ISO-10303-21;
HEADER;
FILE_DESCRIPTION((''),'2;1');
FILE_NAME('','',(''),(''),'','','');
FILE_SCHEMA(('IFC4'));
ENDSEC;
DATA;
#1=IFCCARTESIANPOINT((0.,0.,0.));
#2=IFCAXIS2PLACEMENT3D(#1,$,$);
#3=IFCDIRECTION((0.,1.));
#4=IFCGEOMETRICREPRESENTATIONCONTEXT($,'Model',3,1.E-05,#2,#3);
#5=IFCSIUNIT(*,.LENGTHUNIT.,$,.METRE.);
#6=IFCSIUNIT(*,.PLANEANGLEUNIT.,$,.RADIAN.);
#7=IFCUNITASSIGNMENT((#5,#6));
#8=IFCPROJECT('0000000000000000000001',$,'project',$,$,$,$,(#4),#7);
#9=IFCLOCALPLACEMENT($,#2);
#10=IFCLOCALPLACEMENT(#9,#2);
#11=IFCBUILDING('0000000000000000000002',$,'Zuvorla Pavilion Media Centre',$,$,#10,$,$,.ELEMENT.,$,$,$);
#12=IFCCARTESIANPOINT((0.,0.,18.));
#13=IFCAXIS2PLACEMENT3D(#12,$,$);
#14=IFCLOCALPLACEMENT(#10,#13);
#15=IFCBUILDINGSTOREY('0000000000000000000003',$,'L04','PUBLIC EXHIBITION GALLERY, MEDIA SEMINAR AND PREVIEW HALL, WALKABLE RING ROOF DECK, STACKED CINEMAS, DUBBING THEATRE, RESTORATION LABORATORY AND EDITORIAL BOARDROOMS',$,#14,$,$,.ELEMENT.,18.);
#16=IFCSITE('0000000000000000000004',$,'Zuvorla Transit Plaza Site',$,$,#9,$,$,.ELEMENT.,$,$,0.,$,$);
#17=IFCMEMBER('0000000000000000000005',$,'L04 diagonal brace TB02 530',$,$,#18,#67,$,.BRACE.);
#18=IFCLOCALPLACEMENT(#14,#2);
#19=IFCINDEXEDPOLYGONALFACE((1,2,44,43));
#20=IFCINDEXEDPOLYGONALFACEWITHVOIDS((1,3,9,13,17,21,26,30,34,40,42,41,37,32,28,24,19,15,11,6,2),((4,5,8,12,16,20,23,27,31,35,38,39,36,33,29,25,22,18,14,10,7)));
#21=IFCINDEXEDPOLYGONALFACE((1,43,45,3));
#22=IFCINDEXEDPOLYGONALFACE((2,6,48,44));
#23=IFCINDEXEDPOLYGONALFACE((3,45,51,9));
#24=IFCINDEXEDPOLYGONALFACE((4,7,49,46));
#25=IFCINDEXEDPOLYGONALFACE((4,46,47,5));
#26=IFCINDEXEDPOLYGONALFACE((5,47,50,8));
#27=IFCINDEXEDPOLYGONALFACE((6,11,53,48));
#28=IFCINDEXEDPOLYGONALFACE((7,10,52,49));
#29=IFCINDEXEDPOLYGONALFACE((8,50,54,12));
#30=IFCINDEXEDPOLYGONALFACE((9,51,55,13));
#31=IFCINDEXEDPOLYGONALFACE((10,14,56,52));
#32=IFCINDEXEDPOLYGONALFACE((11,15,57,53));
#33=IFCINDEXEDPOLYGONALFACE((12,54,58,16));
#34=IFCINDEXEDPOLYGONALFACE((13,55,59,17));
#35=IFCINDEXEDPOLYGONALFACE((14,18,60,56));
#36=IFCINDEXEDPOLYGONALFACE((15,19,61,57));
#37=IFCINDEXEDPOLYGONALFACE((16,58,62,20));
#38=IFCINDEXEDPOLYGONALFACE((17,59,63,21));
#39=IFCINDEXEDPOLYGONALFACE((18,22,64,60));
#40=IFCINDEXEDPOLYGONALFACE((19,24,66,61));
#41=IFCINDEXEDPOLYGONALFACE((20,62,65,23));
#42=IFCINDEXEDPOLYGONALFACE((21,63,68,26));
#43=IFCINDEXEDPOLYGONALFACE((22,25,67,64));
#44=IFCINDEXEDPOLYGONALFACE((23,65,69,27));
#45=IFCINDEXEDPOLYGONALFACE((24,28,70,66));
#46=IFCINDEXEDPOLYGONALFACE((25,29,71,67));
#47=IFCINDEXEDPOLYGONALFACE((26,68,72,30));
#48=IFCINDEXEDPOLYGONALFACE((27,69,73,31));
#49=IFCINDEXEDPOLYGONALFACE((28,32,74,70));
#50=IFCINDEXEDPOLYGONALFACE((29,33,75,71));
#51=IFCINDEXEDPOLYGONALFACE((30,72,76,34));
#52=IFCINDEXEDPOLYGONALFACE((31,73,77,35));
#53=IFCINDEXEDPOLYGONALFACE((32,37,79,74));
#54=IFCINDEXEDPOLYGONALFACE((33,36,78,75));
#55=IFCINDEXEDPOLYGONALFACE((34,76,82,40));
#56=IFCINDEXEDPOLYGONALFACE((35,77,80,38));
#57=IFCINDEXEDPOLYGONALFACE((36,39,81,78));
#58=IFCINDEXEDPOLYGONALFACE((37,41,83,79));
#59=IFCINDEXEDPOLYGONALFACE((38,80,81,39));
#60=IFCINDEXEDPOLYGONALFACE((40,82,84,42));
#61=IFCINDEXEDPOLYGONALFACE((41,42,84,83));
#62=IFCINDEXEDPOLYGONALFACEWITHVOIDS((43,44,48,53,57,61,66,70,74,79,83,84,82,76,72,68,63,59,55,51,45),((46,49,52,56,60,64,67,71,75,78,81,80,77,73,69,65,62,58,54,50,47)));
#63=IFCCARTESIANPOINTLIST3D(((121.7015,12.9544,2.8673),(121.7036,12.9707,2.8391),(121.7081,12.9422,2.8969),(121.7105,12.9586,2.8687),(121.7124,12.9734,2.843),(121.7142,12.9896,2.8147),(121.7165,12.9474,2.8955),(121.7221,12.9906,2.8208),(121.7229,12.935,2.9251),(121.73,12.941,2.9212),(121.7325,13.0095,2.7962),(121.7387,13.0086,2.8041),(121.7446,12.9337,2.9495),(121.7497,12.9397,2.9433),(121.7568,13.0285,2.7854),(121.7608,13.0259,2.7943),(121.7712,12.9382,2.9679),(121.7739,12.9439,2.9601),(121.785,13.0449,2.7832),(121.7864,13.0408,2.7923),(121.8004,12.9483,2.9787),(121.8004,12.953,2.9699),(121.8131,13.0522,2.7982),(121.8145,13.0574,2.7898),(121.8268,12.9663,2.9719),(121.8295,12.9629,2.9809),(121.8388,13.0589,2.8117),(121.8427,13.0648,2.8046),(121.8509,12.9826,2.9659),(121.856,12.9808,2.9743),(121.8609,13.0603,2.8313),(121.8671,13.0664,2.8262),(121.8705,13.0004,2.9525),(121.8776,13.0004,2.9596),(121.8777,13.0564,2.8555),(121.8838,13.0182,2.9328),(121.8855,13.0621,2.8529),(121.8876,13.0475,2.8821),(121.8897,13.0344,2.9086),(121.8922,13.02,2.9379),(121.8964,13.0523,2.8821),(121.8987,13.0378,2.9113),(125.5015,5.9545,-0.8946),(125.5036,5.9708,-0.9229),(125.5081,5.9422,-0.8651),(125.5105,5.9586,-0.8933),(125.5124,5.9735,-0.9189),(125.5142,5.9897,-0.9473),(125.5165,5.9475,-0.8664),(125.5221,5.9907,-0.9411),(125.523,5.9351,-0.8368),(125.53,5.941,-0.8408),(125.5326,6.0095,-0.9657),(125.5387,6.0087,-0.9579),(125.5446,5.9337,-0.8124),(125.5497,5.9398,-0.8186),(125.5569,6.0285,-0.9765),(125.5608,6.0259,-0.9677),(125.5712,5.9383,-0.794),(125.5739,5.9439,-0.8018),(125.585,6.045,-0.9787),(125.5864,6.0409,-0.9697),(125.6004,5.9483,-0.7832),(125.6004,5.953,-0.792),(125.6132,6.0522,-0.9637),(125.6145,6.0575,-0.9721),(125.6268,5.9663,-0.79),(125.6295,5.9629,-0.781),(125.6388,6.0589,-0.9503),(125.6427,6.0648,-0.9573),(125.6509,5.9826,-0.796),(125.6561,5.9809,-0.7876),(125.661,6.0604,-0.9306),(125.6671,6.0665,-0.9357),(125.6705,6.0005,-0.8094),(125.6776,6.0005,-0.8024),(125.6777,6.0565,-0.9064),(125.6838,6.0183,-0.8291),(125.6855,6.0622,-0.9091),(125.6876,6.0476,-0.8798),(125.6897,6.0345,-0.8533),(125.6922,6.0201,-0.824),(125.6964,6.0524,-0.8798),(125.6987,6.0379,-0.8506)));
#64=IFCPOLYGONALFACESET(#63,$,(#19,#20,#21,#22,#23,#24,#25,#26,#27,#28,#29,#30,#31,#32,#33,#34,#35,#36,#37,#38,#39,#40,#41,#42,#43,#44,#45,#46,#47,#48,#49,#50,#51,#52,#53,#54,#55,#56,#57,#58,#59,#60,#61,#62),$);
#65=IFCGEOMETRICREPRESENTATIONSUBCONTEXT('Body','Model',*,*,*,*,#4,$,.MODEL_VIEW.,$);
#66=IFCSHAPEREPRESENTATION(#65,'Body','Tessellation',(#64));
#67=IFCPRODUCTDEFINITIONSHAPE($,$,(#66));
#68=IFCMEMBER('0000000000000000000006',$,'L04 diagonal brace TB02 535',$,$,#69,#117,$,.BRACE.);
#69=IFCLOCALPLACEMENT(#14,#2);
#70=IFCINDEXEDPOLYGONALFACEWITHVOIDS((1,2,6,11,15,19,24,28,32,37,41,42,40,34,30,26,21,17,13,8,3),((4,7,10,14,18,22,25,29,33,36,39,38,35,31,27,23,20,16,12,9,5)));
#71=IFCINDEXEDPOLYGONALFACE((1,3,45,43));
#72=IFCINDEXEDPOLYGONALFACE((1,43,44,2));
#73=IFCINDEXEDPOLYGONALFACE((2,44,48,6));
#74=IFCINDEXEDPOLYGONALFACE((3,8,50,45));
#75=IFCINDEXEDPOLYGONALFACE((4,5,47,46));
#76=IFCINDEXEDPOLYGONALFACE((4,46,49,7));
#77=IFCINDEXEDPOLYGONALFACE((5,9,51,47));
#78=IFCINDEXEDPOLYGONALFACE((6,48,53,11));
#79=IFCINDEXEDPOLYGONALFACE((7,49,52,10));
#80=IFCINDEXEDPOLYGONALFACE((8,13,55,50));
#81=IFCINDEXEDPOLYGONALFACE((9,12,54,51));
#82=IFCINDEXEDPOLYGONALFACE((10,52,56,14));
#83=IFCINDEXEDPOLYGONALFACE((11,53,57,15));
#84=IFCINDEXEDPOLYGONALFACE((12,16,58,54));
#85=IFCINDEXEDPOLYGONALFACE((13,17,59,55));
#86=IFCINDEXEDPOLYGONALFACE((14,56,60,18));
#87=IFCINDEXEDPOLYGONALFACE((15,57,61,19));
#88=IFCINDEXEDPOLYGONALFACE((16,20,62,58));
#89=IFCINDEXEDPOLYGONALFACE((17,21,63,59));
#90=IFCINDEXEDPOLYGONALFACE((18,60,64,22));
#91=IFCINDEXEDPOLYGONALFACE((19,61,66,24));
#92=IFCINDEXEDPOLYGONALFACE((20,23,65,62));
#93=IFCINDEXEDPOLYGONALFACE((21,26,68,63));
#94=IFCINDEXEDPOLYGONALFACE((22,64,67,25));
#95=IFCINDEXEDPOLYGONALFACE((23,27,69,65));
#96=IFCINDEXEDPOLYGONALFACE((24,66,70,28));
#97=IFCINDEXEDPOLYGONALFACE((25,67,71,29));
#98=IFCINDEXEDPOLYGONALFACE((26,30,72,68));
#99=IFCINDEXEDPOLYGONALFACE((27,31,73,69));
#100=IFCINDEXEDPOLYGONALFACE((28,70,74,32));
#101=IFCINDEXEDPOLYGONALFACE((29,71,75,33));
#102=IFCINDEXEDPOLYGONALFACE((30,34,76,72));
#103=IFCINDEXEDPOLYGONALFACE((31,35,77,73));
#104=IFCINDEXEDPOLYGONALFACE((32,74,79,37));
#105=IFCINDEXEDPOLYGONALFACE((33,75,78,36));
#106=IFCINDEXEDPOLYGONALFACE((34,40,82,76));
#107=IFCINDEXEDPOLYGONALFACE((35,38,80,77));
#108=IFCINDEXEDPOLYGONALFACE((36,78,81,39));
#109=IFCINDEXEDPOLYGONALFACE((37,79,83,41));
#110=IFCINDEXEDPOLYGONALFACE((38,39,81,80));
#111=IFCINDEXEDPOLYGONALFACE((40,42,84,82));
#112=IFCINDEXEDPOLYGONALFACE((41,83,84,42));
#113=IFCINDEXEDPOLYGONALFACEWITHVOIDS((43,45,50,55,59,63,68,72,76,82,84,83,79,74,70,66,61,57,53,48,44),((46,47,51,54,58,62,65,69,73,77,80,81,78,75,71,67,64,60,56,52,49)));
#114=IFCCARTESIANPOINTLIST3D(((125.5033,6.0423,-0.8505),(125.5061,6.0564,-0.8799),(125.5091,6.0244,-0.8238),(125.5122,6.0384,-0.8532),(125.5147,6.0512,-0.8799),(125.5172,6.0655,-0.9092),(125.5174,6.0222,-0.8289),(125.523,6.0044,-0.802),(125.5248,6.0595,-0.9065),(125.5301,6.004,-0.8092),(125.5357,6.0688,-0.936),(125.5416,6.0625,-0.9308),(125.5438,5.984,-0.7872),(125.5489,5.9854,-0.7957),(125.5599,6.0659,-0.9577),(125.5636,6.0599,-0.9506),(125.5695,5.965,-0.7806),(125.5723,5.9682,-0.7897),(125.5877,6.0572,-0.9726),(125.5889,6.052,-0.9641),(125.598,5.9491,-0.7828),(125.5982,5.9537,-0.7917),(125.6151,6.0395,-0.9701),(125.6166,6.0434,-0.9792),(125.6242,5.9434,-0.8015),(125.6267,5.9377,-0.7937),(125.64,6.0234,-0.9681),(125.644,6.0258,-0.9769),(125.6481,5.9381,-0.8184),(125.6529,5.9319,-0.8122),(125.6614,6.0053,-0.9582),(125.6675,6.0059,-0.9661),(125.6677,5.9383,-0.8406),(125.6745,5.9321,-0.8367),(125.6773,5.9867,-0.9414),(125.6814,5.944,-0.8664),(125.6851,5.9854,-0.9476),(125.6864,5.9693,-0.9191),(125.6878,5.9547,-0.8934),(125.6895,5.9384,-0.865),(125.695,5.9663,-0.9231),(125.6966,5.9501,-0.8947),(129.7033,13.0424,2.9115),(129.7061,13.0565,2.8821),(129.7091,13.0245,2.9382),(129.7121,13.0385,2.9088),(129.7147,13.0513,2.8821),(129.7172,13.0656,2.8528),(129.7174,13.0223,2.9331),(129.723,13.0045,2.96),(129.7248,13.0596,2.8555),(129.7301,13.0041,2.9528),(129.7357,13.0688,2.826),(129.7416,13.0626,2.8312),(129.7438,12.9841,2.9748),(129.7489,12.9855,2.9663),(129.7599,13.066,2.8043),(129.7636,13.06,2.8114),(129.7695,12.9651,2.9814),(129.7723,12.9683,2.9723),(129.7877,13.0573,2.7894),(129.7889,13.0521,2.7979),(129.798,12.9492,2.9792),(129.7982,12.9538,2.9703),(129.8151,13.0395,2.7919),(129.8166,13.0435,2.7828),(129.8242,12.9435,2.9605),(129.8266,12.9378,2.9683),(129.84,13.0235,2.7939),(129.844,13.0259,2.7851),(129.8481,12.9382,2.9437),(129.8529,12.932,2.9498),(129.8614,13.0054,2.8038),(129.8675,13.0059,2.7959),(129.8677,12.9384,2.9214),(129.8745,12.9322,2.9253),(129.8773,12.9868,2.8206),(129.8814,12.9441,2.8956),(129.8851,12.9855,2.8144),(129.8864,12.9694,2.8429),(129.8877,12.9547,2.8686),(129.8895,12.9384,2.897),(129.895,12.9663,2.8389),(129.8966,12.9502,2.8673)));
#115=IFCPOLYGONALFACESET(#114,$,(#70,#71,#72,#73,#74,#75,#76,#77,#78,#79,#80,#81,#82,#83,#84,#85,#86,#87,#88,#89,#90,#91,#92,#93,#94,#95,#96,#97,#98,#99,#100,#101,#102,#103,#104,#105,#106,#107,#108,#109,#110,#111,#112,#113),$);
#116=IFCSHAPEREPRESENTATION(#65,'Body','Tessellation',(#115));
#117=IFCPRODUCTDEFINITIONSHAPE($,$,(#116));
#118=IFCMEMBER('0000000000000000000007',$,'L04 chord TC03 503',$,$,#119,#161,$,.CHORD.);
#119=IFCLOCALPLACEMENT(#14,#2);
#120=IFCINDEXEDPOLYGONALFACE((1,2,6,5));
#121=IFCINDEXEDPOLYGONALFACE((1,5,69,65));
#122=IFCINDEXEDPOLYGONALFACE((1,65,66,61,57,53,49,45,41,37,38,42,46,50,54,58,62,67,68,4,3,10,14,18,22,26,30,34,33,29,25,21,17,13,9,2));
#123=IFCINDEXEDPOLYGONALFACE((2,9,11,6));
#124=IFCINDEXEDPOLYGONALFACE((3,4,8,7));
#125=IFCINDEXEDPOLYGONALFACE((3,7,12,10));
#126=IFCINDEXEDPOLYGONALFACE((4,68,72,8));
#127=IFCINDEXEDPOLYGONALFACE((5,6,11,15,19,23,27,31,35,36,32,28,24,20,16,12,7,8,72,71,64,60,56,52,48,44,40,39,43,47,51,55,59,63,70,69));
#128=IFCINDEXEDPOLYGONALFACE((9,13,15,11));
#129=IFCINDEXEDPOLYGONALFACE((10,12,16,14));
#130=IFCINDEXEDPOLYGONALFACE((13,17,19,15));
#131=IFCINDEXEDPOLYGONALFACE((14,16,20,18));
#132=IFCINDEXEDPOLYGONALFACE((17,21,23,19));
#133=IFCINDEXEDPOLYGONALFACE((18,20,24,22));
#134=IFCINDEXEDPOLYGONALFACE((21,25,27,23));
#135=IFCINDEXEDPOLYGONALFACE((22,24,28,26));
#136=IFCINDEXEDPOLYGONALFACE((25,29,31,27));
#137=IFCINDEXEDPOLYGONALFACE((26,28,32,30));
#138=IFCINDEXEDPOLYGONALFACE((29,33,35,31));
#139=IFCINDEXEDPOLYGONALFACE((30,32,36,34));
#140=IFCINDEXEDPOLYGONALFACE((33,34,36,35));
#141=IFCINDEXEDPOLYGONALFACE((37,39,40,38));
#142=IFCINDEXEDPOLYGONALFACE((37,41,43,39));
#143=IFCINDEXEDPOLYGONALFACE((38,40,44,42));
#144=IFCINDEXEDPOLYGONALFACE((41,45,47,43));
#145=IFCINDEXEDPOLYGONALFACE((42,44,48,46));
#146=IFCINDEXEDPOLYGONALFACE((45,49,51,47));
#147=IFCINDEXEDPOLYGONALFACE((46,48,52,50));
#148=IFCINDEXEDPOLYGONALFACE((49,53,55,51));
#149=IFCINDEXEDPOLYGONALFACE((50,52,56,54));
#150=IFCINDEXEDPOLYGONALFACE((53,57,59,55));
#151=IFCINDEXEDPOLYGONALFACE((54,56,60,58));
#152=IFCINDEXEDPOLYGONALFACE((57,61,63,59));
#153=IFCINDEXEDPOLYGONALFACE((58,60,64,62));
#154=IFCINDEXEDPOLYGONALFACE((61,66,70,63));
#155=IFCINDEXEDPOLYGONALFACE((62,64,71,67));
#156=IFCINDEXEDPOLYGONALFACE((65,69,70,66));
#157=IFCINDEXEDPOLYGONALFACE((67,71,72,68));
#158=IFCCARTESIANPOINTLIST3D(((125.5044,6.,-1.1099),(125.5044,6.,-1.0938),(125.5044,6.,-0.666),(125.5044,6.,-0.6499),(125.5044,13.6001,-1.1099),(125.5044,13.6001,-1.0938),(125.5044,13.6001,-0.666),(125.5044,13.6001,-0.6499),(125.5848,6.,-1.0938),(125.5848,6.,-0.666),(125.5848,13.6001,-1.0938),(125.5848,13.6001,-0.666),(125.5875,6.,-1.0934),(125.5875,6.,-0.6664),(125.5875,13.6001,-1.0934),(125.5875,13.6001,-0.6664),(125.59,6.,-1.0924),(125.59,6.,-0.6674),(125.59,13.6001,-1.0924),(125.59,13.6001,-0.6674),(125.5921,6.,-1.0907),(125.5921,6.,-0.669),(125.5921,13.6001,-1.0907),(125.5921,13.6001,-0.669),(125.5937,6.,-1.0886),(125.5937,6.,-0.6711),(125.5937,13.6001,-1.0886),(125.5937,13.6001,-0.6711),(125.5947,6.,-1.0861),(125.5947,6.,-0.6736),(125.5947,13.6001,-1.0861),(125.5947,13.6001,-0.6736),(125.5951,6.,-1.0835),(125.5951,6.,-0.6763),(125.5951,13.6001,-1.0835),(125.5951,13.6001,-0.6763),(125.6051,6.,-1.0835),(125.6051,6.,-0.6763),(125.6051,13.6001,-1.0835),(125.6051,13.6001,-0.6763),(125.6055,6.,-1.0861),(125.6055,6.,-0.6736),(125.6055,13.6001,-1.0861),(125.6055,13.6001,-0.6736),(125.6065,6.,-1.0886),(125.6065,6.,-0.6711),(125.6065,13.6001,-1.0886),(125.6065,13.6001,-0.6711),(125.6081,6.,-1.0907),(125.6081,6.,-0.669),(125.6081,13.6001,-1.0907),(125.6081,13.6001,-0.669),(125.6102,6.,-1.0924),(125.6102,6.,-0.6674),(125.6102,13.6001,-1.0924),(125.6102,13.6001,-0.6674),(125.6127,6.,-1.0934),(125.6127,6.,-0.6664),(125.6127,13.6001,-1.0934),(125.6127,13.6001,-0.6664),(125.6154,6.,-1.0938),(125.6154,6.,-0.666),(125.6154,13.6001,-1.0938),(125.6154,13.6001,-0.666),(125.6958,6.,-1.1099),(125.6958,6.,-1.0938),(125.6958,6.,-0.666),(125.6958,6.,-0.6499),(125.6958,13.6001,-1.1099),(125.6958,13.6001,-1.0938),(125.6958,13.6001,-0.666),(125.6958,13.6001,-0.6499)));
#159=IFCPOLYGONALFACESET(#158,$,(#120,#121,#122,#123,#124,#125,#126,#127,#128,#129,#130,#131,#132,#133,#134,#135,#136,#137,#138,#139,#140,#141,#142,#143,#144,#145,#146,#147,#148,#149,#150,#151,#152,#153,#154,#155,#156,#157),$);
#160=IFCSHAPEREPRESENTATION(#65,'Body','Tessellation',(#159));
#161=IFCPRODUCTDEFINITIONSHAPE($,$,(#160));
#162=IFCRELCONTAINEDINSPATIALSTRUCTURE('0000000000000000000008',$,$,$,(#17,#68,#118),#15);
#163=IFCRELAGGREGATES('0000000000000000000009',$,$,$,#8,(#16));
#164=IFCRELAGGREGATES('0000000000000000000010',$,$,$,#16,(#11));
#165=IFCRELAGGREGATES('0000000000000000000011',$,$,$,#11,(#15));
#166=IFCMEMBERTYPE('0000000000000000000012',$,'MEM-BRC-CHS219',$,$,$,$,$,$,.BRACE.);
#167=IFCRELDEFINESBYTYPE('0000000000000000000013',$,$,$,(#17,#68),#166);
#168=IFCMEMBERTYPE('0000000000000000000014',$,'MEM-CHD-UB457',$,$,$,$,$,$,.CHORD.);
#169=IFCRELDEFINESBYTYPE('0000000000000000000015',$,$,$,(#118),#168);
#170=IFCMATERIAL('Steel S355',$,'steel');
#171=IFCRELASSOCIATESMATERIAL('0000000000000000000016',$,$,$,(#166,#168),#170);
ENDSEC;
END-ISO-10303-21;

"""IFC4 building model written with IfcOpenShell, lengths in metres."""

from ifc_helpers import new_model, si_unit, direction, frame, origin, origin_2d, place, context, subcontext, project, spatial, hollow_circle, i_section, extrude, material, material_profile, profile_set, type_object, element, save


model = new_model("IFC4")

# Units and contexts
model_context = context("Model", 3, precision=1e-05, world=origin(), true_north=direction((0.0, 1.0)))
body_context = subcontext(model_context, "Body", "Model", "MODEL_VIEW")
ifc_project = project(units=[si_unit("LENGTHUNIT", "METRE"), si_unit("PLANEANGLEUNIT", "RADIAN")], contexts=[model_context])

# Site, building, storey
site_placement = place(None, origin())
site = spatial("IfcSite", under=ifc_project, at=site_placement, Name="Zuvorla Transit Plaza Site", CompositionType="ELEMENT", RefElevation=0.0)
building_placement = place(site_placement, origin())
building = spatial("IfcBuilding", under=site, at=building_placement, Name="Zuvorla Pavilion Media Centre", CompositionType="ELEMENT")
storey_placement = place(building_placement, frame((0.0, 0.0, 18.0)))
storey = spatial("IfcBuildingStorey", under=building, at=storey_placement, Name="L04", Description="PUBLIC EXHIBITION GALLERY, MEDIA SEMINAR AND PREVIEW HALL, WALKABLE RING ROOF DECK, STACKED CINEMAS, DUBBING THEATRE, RESTORATION LABORATORY AND EDITORIAL BOARDROOMS", CompositionType="ELEMENT", Elevation=18.0)

# Shared definitions
ifc_material_1 = material(Name="Steel S355", Category="steel")

# Members
ifc_material_profile_1 = material_profile(ifc_material_1, hollow_circle(Radius=0.1096, WallThickness=0.01, at=origin_2d()), Name="CHS 219.1x10")
ifc_profile_set_1 = profile_set([ifc_material_profile_1], Name="Steel S355")
member_type_1 = type_object("IfcMemberType", Name="MEM-BRC-CHS219", PredefinedType="BRACE", material=ifc_profile_set_1)
member_1_placement = place(storey_placement, frame((121.8, 13.0, 2.8821), z_axis=(0.431399, -0.794671, -0.427075), x_axis=(0.878851, 0.477097, 0.0)))
element("IfcMember", 1, at=member_1_placement, inside=storey, type_object=member_type_1, Name="L04 diagonal brace TB02 530", PredefinedType="BRACE", context=body_context, shape_type="SweptSolid", body=[
    extrude(hollow_circle(Radius=0.1096, WallThickness=0.01, at=origin_2d()), origin(), (0.0, 0.0, 1.0), 8.8086),
])
member_2_placement = place(storey_placement, frame((125.6001, 6.0, -0.8799), z_axis=(0.467262, 0.778779, 0.418534), x_axis=(-0.857496, 0.514491, 0.0)))
element("IfcMember", 2, at=member_2_placement, inside=storey, type_object=member_type_1, Name="L04 diagonal brace TB02 535", PredefinedType="BRACE", context=body_context, shape_type="SweptSolid", body=[
    extrude(hollow_circle(Radius=0.1096, WallThickness=0.01, at=origin_2d()), origin(), (0.0, 0.0, 1.0), 8.9885),
])
ifc_material_profile_2 = material_profile(ifc_material_1, i_section(OverallWidth=0.1914, OverallDepth=0.46, WebThickness=0.01, FlangeThickness=0.0161, FilletRadius=0.0103, at=origin_2d()), Name="UB 457x191x82")
ifc_profile_set_2 = profile_set([ifc_material_profile_2], Name="Steel S355")
member_type_2 = type_object("IfcMemberType", Name="MEM-CHD-UB457", PredefinedType="CHORD", material=ifc_profile_set_2)
member_3_placement = place(storey_placement, frame((125.6001, 6.0, -0.8799), z_axis=(0.0, 1.0, 0.0), x_axis=(-1.0, 0.0, 0.0)))
element("IfcMember", 3, at=member_3_placement, inside=storey, type_object=member_type_2, Name="L04 chord TC03 503", PredefinedType="CHORD", context=body_context, shape_type="SweptSolid", body=[
    extrude(i_section(OverallWidth=0.1914, OverallDepth=0.46, WebThickness=0.01, FlangeThickness=0.0161, FilletRadius=0.0103, at=origin_2d()), origin(), (0.0, 0.0, 1.0), 7.6001),
])

save(model, "model.ifc")
